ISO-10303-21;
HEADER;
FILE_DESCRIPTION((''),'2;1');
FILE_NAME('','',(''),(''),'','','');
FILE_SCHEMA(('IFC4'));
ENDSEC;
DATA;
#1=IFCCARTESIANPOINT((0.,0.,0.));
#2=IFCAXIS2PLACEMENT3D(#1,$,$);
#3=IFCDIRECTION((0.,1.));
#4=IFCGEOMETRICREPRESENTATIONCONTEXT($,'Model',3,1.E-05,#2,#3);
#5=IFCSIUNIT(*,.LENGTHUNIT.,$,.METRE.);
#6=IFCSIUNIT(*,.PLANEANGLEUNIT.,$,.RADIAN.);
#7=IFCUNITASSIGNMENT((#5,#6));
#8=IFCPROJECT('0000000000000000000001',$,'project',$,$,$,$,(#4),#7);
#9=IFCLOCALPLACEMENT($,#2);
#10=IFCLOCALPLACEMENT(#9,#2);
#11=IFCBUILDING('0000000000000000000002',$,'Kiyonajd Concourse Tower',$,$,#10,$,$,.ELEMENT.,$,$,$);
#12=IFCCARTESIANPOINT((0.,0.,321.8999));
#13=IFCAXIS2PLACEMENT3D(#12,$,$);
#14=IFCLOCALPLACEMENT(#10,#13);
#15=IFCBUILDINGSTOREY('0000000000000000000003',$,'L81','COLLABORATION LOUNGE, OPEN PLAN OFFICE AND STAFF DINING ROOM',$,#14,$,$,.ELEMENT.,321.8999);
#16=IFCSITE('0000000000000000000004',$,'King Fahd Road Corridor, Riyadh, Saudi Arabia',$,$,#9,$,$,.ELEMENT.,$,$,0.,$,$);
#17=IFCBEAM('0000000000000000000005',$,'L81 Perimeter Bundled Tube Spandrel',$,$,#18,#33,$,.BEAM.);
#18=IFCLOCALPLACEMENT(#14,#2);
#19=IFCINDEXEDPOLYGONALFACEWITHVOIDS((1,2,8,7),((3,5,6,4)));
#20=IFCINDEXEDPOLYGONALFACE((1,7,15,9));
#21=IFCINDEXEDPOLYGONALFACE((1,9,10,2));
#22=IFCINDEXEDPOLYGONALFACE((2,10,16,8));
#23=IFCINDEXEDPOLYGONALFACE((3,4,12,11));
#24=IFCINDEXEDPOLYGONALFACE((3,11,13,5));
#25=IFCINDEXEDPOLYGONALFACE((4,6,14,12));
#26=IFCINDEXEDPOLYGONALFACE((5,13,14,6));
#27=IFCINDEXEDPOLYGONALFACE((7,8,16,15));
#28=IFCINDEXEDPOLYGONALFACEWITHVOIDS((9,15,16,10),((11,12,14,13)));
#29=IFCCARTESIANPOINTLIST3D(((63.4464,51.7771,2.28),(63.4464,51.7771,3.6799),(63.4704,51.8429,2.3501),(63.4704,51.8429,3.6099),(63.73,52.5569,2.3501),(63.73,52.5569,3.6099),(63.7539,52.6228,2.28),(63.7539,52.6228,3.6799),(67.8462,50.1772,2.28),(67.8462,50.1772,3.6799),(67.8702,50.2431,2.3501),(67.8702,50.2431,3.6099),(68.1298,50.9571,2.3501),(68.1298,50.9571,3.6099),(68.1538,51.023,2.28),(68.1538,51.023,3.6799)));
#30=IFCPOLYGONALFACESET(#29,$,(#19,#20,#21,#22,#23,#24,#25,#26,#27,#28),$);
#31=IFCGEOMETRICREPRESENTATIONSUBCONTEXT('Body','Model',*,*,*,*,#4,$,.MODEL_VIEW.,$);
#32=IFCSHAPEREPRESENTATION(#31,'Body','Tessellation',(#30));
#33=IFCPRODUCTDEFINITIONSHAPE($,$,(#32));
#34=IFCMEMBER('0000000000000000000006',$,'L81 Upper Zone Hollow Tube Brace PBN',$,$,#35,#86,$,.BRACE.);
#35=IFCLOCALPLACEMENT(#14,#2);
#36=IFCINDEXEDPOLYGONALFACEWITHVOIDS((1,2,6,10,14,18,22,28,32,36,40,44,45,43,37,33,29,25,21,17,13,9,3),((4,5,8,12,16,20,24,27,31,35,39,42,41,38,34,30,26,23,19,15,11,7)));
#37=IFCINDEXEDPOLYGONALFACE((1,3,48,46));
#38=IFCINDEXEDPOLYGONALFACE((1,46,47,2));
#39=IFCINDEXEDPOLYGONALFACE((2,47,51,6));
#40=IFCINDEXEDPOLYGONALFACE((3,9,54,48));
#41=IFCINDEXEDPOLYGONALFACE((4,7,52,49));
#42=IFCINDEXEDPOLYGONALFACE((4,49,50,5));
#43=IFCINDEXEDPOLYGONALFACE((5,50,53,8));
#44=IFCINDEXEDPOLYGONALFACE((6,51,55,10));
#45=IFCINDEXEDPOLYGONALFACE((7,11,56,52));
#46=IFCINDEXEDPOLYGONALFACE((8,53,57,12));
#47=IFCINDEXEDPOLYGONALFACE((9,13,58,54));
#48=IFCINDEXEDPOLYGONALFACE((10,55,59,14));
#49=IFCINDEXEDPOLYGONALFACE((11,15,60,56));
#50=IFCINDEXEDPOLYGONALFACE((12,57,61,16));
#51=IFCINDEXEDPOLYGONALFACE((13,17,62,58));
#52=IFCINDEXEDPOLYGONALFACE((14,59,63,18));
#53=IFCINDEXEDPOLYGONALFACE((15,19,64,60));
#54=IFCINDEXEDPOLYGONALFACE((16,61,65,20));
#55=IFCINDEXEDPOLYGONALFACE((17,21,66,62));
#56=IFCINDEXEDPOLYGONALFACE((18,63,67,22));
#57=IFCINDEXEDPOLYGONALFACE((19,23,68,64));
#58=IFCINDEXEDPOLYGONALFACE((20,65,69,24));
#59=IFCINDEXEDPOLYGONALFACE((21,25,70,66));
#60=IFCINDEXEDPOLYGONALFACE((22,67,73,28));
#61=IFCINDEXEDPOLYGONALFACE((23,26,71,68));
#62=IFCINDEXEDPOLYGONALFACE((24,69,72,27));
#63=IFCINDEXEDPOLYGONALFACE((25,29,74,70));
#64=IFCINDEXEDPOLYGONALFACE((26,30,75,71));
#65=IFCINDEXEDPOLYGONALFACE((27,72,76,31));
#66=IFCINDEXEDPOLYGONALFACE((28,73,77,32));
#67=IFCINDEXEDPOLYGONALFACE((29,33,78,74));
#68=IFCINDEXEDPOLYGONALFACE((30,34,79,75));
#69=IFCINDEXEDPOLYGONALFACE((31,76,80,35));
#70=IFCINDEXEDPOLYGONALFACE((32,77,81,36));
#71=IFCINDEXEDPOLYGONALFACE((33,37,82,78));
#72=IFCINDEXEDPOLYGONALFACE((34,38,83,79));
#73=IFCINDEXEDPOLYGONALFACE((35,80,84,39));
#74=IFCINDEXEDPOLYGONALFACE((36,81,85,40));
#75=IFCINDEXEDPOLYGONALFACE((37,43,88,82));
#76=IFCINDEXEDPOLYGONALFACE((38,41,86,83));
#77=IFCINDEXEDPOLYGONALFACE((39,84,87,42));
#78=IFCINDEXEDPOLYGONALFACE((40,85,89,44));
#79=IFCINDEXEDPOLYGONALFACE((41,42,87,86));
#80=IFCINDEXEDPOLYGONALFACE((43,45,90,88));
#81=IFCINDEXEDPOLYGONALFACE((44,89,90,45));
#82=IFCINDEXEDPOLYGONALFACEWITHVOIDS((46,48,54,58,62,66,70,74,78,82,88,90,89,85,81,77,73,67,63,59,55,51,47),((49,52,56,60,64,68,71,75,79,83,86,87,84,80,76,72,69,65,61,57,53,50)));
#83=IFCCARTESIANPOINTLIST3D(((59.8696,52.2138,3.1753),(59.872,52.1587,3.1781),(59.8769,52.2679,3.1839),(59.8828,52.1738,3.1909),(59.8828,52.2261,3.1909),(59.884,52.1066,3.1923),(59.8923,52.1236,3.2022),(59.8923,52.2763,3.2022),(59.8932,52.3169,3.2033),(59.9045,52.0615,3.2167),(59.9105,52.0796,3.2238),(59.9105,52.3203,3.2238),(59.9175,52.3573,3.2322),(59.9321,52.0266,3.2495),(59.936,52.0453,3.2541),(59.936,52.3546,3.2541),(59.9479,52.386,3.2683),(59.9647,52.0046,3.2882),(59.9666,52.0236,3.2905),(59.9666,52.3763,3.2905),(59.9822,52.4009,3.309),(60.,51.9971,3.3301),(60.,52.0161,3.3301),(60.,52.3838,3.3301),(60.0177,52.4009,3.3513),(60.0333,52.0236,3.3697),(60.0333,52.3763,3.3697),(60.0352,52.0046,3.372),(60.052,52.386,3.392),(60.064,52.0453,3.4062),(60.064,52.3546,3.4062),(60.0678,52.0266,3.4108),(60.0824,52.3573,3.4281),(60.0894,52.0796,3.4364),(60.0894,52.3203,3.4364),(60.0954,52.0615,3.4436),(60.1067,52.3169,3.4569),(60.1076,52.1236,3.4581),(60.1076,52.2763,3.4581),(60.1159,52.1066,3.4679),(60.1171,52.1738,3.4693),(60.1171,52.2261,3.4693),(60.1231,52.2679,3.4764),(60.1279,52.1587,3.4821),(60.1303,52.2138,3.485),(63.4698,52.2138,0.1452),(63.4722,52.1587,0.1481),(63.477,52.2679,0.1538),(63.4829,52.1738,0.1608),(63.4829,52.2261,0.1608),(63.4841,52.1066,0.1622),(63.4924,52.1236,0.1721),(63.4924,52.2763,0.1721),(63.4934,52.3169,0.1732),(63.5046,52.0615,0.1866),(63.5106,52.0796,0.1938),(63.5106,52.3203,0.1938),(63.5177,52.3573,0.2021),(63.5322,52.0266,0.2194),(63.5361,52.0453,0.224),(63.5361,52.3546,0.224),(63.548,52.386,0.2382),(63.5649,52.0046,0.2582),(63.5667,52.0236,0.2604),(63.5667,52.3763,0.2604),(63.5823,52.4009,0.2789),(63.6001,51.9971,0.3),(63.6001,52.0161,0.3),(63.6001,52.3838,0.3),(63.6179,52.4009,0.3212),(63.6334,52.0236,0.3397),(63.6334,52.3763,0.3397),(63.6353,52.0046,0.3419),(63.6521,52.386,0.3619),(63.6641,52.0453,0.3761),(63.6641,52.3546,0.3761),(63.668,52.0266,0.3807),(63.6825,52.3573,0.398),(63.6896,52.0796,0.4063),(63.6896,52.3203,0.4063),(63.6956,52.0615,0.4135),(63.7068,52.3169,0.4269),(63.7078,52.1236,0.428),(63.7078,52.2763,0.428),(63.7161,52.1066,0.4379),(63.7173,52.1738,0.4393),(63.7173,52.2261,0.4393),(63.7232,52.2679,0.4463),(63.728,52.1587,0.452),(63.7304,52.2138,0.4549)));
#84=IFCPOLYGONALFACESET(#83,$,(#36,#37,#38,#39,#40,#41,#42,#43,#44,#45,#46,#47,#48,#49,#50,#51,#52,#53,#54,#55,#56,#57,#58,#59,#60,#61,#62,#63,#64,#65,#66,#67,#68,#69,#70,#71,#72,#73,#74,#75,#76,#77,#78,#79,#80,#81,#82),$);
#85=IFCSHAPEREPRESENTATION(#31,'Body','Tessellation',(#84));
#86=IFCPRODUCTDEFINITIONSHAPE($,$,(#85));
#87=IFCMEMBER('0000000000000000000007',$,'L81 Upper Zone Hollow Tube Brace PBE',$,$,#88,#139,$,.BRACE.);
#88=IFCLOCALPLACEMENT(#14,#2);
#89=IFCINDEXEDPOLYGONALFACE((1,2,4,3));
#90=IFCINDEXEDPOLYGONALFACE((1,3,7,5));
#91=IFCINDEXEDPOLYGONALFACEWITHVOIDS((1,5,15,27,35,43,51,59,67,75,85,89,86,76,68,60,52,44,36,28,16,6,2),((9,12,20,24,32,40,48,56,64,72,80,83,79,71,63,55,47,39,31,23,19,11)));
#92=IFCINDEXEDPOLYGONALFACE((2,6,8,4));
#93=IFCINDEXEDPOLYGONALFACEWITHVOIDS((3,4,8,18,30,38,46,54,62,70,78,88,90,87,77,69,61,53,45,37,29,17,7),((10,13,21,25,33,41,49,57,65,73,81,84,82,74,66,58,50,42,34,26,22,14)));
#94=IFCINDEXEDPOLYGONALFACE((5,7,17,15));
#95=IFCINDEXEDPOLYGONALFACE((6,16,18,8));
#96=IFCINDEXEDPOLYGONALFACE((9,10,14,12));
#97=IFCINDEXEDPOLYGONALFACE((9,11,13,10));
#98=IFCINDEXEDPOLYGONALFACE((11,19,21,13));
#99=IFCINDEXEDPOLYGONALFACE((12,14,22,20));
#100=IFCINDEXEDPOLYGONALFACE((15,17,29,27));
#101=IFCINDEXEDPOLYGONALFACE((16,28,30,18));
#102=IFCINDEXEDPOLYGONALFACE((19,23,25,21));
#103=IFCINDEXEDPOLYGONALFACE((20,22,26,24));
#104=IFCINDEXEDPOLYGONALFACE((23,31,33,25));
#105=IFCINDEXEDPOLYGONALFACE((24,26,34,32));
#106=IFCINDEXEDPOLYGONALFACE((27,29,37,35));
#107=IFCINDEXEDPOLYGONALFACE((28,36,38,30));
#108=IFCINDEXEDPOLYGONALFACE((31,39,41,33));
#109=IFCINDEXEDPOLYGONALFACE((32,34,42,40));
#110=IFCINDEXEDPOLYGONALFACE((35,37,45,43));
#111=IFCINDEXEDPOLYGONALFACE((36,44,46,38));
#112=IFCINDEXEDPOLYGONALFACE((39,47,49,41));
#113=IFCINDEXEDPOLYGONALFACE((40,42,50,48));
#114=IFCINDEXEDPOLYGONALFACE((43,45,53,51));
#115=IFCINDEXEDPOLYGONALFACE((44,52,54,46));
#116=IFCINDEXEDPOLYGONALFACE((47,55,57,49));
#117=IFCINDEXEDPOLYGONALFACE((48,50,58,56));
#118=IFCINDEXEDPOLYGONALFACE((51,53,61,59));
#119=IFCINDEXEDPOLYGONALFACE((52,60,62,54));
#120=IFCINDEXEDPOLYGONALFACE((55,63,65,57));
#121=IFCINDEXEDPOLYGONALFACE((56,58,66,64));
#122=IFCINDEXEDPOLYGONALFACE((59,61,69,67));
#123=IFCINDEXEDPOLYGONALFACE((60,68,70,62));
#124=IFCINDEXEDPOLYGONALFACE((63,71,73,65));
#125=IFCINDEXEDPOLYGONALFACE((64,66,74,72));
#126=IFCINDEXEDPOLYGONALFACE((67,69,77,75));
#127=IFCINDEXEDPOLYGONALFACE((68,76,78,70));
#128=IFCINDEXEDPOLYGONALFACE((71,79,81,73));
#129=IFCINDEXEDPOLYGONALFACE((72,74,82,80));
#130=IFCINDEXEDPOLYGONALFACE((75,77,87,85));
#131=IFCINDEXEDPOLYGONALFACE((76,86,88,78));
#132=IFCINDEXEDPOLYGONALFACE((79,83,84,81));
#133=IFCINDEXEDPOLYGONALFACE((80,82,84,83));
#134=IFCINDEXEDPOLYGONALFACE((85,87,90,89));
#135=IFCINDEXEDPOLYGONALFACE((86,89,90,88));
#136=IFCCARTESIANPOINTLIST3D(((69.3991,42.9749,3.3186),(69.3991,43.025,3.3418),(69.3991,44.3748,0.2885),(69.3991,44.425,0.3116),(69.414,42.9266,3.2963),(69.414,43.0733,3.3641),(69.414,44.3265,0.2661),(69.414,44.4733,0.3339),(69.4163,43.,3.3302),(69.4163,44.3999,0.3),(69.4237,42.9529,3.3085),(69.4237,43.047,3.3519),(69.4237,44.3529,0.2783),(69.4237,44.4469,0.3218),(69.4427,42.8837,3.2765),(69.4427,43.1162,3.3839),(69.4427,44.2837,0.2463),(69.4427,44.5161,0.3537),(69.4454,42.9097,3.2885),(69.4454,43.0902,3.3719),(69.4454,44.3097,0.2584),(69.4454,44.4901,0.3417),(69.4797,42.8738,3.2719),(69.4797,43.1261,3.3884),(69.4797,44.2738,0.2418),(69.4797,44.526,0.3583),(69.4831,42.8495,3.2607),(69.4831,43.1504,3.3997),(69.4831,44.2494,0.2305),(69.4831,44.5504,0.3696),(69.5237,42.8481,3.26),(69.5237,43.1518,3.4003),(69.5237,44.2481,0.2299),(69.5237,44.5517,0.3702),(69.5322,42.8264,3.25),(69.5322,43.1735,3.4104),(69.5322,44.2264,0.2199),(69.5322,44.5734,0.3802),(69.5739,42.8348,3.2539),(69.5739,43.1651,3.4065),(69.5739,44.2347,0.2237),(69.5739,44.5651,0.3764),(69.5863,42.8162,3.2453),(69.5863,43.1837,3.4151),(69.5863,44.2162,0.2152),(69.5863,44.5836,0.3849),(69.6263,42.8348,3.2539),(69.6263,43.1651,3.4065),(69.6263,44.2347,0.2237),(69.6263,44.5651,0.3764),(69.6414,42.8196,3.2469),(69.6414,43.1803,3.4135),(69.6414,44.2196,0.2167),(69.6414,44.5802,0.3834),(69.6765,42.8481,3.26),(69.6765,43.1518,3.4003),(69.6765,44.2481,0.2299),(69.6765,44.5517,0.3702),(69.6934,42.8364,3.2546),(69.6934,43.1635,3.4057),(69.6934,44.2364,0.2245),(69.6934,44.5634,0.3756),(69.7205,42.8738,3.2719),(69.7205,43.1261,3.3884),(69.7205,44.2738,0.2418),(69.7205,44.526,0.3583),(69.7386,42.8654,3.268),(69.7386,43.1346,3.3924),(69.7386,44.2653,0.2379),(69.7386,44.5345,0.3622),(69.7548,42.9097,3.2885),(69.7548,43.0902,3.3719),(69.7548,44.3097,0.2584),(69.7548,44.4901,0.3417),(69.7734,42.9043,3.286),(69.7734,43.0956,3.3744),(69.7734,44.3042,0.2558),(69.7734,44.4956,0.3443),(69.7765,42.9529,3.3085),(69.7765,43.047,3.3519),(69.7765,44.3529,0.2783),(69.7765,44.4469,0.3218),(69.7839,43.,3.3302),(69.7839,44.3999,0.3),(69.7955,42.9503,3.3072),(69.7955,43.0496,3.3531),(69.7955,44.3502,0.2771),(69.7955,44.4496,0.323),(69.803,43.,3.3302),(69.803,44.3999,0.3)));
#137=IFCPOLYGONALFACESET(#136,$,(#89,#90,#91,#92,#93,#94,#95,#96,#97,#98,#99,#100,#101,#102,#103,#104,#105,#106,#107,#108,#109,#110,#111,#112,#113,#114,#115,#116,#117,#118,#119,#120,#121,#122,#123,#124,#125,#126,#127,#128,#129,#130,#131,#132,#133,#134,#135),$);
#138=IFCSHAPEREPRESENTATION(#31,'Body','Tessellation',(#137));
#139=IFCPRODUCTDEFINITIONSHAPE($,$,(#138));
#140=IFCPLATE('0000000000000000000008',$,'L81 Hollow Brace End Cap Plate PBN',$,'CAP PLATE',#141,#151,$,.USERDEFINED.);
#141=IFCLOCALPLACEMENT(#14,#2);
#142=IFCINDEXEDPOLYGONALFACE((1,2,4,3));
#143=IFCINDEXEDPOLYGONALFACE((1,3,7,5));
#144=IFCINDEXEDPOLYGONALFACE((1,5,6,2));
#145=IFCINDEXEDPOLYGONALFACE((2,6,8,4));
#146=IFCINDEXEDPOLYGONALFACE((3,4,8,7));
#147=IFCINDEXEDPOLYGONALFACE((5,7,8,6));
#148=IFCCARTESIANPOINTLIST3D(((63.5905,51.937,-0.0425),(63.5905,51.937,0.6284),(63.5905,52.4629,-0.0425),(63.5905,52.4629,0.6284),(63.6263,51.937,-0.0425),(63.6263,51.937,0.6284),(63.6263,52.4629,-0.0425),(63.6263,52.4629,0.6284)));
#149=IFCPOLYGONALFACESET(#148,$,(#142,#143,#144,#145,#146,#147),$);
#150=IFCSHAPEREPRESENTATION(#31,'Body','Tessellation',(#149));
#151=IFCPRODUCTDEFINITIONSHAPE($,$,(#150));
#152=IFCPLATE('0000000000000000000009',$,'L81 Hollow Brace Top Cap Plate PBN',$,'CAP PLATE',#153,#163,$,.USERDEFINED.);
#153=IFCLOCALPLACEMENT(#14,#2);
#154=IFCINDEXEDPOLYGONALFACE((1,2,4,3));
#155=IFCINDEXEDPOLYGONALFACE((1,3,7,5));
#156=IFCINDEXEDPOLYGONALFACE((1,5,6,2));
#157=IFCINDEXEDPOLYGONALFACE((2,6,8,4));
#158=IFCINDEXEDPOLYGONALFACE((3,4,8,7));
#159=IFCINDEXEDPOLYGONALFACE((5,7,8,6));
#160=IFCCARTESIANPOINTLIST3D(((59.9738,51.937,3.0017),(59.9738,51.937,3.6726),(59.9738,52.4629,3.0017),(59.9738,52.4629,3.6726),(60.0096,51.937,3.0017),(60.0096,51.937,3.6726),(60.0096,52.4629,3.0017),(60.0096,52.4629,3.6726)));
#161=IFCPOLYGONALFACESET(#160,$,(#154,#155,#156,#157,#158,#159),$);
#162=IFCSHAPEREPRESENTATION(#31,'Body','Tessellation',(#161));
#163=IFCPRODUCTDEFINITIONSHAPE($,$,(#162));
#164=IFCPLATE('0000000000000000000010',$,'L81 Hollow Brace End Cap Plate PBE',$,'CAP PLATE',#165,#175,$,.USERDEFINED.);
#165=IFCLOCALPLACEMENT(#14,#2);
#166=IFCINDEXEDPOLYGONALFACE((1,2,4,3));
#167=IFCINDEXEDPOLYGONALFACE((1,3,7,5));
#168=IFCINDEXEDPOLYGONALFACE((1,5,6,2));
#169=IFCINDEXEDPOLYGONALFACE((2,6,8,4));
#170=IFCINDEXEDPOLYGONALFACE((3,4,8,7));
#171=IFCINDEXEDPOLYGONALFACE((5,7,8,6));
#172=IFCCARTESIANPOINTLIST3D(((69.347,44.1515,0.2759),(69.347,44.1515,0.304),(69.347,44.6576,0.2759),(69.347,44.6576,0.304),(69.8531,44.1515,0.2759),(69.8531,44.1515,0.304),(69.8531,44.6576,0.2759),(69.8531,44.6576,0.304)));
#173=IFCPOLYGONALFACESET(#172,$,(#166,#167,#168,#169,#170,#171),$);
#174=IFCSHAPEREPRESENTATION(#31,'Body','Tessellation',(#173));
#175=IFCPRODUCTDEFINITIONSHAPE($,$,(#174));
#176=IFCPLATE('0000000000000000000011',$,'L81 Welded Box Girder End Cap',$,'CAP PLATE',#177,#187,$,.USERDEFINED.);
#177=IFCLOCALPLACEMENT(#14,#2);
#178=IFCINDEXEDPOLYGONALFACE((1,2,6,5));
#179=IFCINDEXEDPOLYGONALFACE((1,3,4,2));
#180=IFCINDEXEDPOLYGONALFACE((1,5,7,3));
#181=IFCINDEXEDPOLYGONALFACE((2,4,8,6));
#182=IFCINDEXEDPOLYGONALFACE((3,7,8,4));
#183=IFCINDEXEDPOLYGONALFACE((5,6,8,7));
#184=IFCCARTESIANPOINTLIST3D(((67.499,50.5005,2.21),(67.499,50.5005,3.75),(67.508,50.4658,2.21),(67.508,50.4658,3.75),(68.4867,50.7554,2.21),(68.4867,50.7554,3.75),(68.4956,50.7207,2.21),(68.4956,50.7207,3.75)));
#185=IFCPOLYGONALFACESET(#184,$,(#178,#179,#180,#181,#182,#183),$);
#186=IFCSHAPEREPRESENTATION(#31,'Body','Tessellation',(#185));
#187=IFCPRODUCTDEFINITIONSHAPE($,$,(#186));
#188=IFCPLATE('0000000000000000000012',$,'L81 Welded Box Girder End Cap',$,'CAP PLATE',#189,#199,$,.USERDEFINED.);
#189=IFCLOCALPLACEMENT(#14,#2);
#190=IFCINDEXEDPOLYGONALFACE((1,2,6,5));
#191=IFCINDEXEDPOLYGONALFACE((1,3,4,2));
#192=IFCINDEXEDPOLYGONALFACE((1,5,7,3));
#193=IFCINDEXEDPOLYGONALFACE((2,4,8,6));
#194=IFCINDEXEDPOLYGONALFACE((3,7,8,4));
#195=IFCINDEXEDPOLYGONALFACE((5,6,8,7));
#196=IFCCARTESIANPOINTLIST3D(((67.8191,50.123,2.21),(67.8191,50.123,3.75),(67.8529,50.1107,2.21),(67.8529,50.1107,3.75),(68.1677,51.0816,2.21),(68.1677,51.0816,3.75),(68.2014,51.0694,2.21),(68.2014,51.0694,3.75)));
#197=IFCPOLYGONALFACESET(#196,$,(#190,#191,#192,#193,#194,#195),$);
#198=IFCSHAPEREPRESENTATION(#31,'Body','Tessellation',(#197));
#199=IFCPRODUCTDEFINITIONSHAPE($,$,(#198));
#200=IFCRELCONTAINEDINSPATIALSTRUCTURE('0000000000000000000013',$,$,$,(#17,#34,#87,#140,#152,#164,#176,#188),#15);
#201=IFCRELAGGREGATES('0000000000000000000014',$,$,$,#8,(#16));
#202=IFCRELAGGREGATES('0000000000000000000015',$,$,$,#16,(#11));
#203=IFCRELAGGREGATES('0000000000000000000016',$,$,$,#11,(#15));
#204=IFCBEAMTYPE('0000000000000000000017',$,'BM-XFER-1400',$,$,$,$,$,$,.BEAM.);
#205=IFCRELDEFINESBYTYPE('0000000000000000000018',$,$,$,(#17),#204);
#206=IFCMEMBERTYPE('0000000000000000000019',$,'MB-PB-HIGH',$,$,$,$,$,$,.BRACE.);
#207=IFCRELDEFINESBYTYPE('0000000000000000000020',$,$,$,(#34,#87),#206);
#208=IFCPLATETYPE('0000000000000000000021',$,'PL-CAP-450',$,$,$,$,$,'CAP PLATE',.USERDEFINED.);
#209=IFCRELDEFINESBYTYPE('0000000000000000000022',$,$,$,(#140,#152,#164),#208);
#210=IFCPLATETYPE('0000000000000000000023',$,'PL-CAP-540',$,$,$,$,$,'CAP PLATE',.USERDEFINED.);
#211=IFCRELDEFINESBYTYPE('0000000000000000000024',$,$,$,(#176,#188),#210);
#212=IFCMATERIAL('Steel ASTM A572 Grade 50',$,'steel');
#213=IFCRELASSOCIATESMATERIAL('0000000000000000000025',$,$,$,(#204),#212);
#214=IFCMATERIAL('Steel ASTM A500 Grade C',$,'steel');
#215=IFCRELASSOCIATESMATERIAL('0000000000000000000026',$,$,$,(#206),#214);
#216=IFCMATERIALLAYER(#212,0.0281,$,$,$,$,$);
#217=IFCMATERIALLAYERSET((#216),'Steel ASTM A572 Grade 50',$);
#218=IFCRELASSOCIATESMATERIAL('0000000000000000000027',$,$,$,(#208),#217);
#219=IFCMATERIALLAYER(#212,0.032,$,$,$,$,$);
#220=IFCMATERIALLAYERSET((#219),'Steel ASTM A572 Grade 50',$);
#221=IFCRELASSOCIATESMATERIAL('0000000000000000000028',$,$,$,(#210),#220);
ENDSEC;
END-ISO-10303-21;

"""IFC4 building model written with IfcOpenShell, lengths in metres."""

from ifc_helpers import new_model, si_unit, direction, frame, origin, origin_2d, place, context, subcontext, project, spatial, rectangle, hollow_rectangle, hollow_circle, extrude, material, layer, layer_set, material_profile, profile_set, type_object, element, save


model = new_model("IFC4")

# Units and contexts
model_context = context("Model", 3, precision=1e-05, world=origin(), true_north=direction((0.0, 1.0)))
body_context = subcontext(model_context, "Body", "Model", "MODEL_VIEW")
ifc_project = project(units=[si_unit("LENGTHUNIT", "METRE"), si_unit("PLANEANGLEUNIT", "RADIAN")], contexts=[model_context])

# Site, building, storey
site_placement = place(None, origin())
site = spatial("IfcSite", under=ifc_project, at=site_placement, Name="King Fahd Road Corridor, Riyadh, Saudi Arabia", CompositionType="ELEMENT", RefElevation=0.0)
building_placement = place(site_placement, origin())
building = spatial("IfcBuilding", under=site, at=building_placement, Name="Kiyonajd Concourse Tower", CompositionType="ELEMENT")
storey_placement = place(building_placement, frame((0.0, 0.0, 321.8999)))
storey = spatial("IfcBuildingStorey", under=building, at=storey_placement, Name="L81", Description="COLLABORATION LOUNGE, OPEN PLAN OFFICE AND STAFF DINING ROOM", CompositionType="ELEMENT", Elevation=321.8999)

# Beam
ifc_material_1 = material(Name="Steel ASTM A572 Grade 50", Category="steel")
ifc_material_profile_1 = material_profile(ifc_material_1, hollow_rectangle(XDim=0.8999, YDim=1.3999, WallThickness=0.0701, at=origin_2d()), Name="BOX-1400x900x70")
ifc_profile_set_1 = profile_set([ifc_material_profile_1], Name="Steel ASTM A572 Grade 50")
beam_type_1 = type_object("IfcBeamType", Name="BM-XFER-1400", PredefinedType="BEAM", material=ifc_profile_set_1)
beam_1_placement = place(storey_placement, frame((68.0, 50.6001, 2.98), z_axis=(-0.939801, 0.341722, 0.0), x_axis=(-0.341722, -0.939801, 0.0)))
element("IfcBeam", 1, at=beam_1_placement, inside=storey, type_object=beam_type_1, Name="L81 Perimeter Bundled Tube Spandrel", PredefinedType="BEAM", context=body_context, shape_type="SweptSolid", body=[
    extrude(hollow_rectangle(XDim=0.8999, YDim=1.3999, WallThickness=0.0701, at=origin_2d()), origin(), (0.0, 0.0, 1.0), 4.6816),
])

# Members
ifc_material_2 = material(Name="Steel ASTM A500 Grade C", Category="steel")
ifc_material_profile_2 = material_profile(ifc_material_2, hollow_circle(Radius=0.2029, WallThickness=0.019, at=origin_2d()), Name="CHS-406x19")
ifc_profile_set_2 = profile_set([ifc_material_profile_2], Name="Steel ASTM A500 Grade C")
member_type = type_object("IfcMemberType", Name="MB-PB-HIGH", PredefinedType="BRACE", material=ifc_profile_set_2)
member_1_placement = place(storey_placement, frame((63.6001, 52.2, 0.3), z_axis=(-0.765082, 0.0, 0.643933), x_axis=(0.0, -1.0, 0.0)))
element("IfcMember", 2, at=member_1_placement, inside=storey, type_object=member_type, Name="L81 Upper Zone Hollow Tube Brace PBN", PredefinedType="BRACE", context=body_context, shape_type="SweptSolid", body=[
    extrude(hollow_circle(Radius=0.2029, WallThickness=0.019, at=origin_2d()), origin(), (0.0, 0.0, 1.0), 4.7056),
])
member_2_placement = place(storey_placement, frame((69.6001, 44.3999, 0.3), z_axis=(0.0, -0.419411, 0.907797), x_axis=(1.0, 0.0, 0.0)))
element("IfcMember", 3, at=member_2_placement, inside=storey, type_object=member_type, Name="L81 Upper Zone Hollow Tube Brace PBE", PredefinedType="BRACE", context=body_context, shape_type="SweptSolid", body=[
    extrude(hollow_circle(Radius=0.2029, WallThickness=0.019, at=origin_2d()), origin(), (0.0, 0.0, 1.0), 3.3379),
])

# Plates
ifc_layer_1 = layer(ifc_material_1, 0.0281)
ifc_layer_set_1 = layer_set([ifc_layer_1], Name="Steel ASTM A572 Grade 50")
plate_type_1 = type_object("IfcPlateType", Name="PL-CAP-450", ElementType="CAP PLATE", PredefinedType="USERDEFINED", material=ifc_layer_set_1)
for number, where, z_axis, x_axis, name in (
    (4, (63.6084, 52.2, -0.0425), (0.0, 0.0, 1.0), (1.0, 0.0, 0.0), "L81 Hollow Brace End Cap Plate PBN"),
    (5, (59.9917, 52.2, 3.0017), (0.0, 0.0, 1.0), (-1.0, 0.0, 0.0), "L81 Hollow Brace Top Cap Plate PBN"),
):
    element("IfcPlate", number, at=place(storey_placement, frame(where, z_axis=z_axis, x_axis=x_axis)), inside=storey, type_object=plate_type_1, Name=name, ObjectType="CAP PLATE", PredefinedType="USERDEFINED", context=body_context, shape_type="SweptSolid", body=[
        extrude(rectangle(XDim=0.0359, YDim=0.5259, at=origin_2d()), origin(), (0.0, 0.0, 1.0), 0.6709),
    ])
plate_placement = place(storey_placement, frame((69.6001, 44.4045, 0.2759), z_axis=(0.0, 0.0, 1.0), x_axis=(1.0, 0.0, 0.0)))
element("IfcPlate", 6, at=plate_placement, inside=storey, type_object=plate_type_1, Name="L81 Hollow Brace End Cap Plate PBE", ObjectType="CAP PLATE", PredefinedType="USERDEFINED", context=body_context, shape_type="SweptSolid", body=[
    extrude(rectangle(XDim=0.5061, YDim=0.5061, at=origin_2d()), origin(), (0.0, 0.0, 1.0), 0.0281),
])
ifc_layer_2 = layer(ifc_material_1, 0.032)
ifc_layer_set_2 = layer_set([ifc_layer_2], Name="Steel ASTM A572 Grade 50")
plate_type_2 = type_object("IfcPlateType", Name="PL-CAP-540", ElementType="CAP PLATE", PredefinedType="USERDEFINED", material=ifc_layer_set_2)
for number, where, z_axis, x_axis, name in (
    (7, (67.9973, 50.6106, 2.21), (0.0, 0.0, 1.0), (-0.249873, 0.968279, 0.0), "L81 Welded Box Girder End Cap"),
    (8, (68.0103, 50.5962, 2.21), (0.0, 0.0, 1.0), (0.939812, -0.341692, 0.0), "L81 Welded Box Girder End Cap"),
):
    element("IfcPlate", number, at=place(storey_placement, frame(where, z_axis=z_axis, x_axis=x_axis)), inside=storey, type_object=plate_type_2, Name=name, ObjectType="CAP PLATE", PredefinedType="USERDEFINED", context=body_context, shape_type="SweptSolid", body=[
        extrude(rectangle(XDim=0.0359, YDim=1.02, at=origin_2d()), origin(), (0.0, 0.0, 1.0), 1.54),
    ])

save(model, "model.ifc")
